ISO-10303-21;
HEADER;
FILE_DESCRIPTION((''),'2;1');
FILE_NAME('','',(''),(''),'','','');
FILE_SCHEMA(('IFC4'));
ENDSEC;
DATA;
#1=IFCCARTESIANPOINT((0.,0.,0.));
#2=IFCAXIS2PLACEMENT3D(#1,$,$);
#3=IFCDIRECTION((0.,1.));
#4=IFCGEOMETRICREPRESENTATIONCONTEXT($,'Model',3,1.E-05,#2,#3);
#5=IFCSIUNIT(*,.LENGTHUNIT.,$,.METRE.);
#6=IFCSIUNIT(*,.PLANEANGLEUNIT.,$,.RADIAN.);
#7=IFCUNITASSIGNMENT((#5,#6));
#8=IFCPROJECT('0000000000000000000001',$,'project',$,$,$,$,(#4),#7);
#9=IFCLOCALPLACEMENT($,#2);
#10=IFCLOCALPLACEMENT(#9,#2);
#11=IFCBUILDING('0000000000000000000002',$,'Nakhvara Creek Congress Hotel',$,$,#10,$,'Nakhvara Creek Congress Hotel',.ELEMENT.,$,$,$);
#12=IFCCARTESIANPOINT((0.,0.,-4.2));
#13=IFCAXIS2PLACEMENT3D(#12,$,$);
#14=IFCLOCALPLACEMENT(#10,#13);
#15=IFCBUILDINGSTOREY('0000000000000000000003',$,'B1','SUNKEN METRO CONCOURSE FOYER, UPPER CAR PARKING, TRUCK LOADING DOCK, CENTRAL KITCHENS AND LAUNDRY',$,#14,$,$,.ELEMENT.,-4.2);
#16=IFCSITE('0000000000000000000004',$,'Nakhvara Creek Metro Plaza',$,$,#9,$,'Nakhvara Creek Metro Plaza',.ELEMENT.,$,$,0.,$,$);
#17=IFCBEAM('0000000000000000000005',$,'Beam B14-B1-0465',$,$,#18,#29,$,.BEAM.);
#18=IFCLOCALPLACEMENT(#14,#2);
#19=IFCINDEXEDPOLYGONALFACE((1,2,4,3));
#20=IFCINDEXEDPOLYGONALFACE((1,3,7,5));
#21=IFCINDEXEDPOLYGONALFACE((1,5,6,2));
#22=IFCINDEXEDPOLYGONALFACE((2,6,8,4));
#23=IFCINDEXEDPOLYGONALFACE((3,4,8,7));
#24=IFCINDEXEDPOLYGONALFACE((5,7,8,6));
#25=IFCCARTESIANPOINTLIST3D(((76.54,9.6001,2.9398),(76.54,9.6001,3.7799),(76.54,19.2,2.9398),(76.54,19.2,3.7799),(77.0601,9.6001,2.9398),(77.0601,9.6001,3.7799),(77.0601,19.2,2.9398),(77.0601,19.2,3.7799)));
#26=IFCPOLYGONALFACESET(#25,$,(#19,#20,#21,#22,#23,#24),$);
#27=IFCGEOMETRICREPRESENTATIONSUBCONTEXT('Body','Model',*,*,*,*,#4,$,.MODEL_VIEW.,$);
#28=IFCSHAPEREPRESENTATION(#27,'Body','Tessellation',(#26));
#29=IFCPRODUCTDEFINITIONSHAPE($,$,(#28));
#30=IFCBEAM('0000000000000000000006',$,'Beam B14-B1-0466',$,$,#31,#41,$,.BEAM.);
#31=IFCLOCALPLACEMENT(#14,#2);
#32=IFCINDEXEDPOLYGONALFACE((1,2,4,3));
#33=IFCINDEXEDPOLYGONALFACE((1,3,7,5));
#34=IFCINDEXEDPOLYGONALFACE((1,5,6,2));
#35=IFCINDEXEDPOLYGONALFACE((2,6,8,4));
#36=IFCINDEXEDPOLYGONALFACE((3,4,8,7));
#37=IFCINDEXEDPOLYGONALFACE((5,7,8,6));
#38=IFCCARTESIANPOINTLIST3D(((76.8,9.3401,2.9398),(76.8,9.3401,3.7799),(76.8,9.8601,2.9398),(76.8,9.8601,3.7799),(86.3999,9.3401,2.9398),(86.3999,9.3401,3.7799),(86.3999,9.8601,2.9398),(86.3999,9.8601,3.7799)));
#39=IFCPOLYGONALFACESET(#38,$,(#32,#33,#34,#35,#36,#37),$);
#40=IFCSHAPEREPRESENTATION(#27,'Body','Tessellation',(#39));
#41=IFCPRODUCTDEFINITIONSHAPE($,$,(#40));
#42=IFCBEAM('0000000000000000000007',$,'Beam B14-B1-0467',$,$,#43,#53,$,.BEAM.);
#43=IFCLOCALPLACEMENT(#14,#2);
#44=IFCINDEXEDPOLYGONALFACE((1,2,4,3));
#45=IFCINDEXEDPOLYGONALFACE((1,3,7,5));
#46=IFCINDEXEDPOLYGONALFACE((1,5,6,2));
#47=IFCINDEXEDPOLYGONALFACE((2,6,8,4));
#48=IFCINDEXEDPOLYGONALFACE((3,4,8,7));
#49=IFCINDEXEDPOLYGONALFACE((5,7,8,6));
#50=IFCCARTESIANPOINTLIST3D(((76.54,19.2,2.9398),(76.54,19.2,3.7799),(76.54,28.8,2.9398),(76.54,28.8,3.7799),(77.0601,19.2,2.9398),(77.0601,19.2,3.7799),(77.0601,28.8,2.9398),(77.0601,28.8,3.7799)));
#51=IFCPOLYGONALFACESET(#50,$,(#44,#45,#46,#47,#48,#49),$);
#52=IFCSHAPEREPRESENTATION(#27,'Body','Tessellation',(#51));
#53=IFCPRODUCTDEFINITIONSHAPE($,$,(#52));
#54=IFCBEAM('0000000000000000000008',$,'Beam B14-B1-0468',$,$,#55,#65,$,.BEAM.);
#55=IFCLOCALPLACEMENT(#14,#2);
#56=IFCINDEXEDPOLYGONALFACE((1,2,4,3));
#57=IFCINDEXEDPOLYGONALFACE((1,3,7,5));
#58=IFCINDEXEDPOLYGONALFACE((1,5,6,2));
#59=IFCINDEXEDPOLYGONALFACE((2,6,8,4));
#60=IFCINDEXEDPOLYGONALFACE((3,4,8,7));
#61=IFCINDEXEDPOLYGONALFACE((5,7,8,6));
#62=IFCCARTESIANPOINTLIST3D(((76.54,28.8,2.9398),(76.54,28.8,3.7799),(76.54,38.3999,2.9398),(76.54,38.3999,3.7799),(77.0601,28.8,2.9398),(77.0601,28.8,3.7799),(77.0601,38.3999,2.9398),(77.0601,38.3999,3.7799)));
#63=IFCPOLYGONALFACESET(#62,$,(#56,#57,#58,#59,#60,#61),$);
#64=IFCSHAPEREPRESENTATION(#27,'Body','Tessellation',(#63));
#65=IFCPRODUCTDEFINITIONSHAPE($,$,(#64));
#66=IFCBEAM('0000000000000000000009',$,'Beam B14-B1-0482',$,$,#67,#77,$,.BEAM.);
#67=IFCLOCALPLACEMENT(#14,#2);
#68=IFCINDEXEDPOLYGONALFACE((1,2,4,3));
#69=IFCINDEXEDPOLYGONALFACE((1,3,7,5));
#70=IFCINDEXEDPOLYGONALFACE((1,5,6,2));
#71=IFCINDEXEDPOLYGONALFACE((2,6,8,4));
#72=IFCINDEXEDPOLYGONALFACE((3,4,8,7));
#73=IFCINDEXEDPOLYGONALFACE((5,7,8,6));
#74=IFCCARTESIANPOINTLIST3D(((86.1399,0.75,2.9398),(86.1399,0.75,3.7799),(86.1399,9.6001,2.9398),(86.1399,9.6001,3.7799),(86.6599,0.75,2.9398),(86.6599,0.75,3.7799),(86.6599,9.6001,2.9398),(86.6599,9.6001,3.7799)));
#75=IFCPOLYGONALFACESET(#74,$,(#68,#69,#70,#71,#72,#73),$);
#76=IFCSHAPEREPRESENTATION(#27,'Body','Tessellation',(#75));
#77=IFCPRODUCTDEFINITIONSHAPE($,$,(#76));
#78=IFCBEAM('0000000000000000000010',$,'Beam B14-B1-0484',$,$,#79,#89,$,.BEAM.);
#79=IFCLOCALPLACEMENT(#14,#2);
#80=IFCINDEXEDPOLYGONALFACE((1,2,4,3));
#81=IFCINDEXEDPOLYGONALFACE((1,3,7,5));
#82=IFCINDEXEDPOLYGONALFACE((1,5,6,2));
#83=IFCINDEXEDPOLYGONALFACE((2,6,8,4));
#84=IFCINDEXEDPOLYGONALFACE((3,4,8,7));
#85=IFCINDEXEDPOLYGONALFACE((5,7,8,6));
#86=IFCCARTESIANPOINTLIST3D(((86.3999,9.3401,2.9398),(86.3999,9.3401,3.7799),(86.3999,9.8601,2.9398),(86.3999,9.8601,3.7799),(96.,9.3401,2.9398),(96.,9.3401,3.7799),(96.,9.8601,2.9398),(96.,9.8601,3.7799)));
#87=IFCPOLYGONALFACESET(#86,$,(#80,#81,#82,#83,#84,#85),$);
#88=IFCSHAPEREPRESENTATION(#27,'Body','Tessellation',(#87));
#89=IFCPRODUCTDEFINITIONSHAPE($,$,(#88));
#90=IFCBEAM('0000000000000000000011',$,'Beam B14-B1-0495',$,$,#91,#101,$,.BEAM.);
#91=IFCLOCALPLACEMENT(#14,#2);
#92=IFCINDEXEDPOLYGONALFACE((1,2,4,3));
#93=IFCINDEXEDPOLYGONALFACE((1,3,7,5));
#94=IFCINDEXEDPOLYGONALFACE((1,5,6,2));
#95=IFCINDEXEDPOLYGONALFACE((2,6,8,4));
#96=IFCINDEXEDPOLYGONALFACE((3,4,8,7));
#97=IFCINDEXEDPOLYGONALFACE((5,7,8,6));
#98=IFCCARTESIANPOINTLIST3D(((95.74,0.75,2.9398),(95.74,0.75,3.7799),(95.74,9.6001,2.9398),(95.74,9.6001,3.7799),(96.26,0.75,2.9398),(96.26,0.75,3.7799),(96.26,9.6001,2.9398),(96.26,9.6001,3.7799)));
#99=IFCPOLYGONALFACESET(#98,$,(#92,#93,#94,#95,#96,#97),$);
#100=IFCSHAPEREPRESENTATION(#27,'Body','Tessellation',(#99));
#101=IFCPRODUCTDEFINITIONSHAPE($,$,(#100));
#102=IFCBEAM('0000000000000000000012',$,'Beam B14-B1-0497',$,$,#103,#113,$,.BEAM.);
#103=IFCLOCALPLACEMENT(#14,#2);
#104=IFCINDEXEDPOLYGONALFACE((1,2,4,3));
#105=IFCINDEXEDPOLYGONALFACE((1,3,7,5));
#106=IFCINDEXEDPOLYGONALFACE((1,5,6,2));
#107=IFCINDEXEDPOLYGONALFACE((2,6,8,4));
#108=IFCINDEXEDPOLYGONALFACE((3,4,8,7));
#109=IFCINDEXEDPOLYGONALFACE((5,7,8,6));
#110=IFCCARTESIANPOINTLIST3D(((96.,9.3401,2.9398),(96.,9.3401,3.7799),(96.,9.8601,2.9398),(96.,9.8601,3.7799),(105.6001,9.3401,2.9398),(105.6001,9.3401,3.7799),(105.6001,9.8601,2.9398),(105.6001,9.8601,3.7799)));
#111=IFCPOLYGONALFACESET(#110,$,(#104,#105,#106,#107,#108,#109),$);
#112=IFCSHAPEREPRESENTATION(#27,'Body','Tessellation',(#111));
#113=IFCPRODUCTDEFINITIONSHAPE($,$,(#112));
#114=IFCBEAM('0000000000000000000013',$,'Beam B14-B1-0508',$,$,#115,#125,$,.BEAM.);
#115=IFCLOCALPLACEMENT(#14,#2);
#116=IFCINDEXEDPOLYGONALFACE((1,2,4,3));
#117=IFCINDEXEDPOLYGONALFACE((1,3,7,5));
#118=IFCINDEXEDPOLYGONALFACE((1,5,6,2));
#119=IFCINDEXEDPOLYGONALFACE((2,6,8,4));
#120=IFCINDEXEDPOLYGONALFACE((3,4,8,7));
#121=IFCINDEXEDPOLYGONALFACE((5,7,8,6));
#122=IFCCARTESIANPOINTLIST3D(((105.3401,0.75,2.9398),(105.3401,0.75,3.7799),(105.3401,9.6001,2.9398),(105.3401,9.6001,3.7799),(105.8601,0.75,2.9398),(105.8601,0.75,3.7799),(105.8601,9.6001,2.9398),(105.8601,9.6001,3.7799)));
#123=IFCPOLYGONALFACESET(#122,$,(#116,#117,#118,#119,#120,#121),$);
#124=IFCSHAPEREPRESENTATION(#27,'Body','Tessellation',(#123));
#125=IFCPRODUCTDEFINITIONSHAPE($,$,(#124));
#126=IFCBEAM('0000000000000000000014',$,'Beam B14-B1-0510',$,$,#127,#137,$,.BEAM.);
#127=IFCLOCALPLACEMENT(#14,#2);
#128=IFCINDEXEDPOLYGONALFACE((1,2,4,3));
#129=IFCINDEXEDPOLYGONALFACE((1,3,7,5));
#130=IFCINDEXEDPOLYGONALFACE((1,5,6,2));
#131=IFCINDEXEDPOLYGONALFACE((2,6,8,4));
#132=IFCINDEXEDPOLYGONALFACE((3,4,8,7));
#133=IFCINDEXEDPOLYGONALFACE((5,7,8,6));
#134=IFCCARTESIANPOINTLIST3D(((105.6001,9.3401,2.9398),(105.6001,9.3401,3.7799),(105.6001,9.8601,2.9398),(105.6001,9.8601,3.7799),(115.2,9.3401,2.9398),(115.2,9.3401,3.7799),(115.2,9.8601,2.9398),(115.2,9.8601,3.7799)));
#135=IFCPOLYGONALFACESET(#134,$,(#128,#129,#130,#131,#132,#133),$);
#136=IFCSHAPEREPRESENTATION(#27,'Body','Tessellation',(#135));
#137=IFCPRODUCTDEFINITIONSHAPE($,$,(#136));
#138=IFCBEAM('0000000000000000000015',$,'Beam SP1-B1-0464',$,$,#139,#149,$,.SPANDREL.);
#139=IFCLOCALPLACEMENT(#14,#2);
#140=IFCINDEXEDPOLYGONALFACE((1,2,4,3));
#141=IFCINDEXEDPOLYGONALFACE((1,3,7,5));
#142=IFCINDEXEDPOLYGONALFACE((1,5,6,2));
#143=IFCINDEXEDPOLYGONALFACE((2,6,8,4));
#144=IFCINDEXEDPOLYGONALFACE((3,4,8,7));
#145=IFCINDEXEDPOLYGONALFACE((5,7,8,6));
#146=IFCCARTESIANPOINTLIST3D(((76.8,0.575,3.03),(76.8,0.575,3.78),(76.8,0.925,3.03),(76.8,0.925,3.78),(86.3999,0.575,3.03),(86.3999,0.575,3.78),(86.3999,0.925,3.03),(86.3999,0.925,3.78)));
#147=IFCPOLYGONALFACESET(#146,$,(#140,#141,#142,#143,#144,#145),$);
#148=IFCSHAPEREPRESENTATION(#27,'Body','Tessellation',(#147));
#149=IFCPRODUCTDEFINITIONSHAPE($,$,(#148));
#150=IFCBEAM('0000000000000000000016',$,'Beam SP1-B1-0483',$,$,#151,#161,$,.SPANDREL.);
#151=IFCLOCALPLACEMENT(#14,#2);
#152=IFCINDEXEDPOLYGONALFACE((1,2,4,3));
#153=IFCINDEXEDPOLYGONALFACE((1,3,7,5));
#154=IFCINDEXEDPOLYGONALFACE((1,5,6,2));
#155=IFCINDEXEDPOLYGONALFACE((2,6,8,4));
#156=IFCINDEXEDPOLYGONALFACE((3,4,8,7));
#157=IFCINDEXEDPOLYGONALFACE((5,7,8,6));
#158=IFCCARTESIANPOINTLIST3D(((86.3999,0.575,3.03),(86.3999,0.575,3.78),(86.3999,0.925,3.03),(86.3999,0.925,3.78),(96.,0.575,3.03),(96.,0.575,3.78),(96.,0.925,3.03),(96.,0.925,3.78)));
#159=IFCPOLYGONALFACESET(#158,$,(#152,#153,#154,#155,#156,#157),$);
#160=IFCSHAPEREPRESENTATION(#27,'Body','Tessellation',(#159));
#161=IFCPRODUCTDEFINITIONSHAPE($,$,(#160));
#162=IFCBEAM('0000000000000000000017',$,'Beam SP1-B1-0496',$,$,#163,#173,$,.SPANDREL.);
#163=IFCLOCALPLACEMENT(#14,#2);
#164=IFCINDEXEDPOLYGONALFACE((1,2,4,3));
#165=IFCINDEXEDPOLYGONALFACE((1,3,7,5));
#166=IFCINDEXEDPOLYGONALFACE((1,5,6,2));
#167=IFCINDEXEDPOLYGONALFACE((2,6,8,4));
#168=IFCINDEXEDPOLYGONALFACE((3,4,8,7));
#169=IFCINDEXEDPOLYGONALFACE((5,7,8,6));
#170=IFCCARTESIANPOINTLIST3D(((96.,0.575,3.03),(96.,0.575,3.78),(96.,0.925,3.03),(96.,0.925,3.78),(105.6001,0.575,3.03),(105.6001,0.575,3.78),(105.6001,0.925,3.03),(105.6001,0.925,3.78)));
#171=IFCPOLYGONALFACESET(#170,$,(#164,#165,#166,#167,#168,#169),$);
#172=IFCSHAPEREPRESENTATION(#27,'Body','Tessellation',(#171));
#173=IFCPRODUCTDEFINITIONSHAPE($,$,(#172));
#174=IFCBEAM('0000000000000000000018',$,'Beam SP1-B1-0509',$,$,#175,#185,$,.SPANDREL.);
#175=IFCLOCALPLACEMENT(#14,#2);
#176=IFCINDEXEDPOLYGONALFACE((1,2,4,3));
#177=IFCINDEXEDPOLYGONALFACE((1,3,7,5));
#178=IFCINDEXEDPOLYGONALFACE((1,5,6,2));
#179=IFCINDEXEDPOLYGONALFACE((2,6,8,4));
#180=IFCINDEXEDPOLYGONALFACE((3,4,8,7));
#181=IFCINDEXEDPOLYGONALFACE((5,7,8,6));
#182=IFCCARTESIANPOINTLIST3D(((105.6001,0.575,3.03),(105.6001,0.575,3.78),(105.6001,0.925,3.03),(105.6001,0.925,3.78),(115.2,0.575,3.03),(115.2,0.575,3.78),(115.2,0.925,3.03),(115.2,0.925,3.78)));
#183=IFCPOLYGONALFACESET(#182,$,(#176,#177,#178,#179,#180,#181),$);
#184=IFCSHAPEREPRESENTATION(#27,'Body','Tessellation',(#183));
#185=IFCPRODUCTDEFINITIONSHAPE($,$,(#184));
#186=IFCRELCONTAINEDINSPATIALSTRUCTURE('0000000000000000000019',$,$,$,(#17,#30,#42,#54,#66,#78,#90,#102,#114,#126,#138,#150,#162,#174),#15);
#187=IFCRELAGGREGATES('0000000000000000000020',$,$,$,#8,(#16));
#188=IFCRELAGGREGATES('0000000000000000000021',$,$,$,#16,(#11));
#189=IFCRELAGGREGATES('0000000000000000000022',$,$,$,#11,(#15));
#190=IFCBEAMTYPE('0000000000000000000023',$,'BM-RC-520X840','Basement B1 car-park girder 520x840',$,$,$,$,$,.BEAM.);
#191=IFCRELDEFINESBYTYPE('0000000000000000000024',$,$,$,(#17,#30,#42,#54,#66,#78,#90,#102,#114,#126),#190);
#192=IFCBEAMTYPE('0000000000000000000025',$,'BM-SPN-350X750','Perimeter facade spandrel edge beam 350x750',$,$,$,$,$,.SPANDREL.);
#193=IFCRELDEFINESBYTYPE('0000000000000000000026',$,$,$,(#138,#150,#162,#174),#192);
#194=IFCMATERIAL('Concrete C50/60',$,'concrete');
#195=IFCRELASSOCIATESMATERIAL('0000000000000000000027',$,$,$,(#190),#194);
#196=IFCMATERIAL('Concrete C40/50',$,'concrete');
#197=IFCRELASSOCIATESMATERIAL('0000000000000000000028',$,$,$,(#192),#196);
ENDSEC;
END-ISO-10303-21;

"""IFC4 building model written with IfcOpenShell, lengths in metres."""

from ifc_helpers import new_model, si_unit, direction, frame, origin, origin_2d, place, context, subcontext, project, spatial, rectangle, extrude, material, material_profile, profile_set, type_object, element, save


model = new_model("IFC4")

# Units and contexts
model_context = context("Model", 3, precision=1e-05, world=origin(), true_north=direction((0.0, 1.0)))
body_context = subcontext(model_context, "Body", "Model", "MODEL_VIEW")
ifc_project = project(units=[si_unit("LENGTHUNIT", "METRE"), si_unit("PLANEANGLEUNIT", "RADIAN")], contexts=[model_context])

# Site, building, storey
site_placement = place(None, origin())
site = spatial("IfcSite", under=ifc_project, at=site_placement, Name="Nakhvara Creek Metro Plaza", LongName="Nakhvara Creek Metro Plaza", CompositionType="ELEMENT", RefElevation=0.0)
building_placement = place(site_placement, origin())
building = spatial("IfcBuilding", under=site, at=building_placement, Name="Nakhvara Creek Congress Hotel", LongName="Nakhvara Creek Congress Hotel", CompositionType="ELEMENT")
storey_placement = place(building_placement, frame((0.0, 0.0, -4.2)))
storey = spatial("IfcBuildingStorey", under=building, at=storey_placement, Name="B1", Description="SUNKEN METRO CONCOURSE FOYER, UPPER CAR PARKING, TRUCK LOADING DOCK, CENTRAL KITCHENS AND LAUNDRY", CompositionType="ELEMENT", Elevation=-4.2)

# Shared definitions
ifc_material_1 = material(Name="Concrete C50/60", Category="concrete")

# Beams
ifc_material_2 = material(Name="Concrete C40/50", Category="concrete")
ifc_material_profile_1 = material_profile(ifc_material_1, rectangle(XDim=0.52, YDim=0.8401, at=origin_2d()), Name="RC-BM 520x840", Category="LoadBearing")
ifc_profile_set_1 = profile_set([ifc_material_profile_1], Name="Concrete C50/60")
beam_type_1 = type_object("IfcBeamType", Name="BM-RC-520X840", Description="Basement B1 car-park girder 520x840", PredefinedType="BEAM", material=ifc_profile_set_1)
for number, where, z_axis, x_axis, name in (
    (1, (76.8, 9.6001, 3.3599), (0.0, 1.0, 0.0), (-1.0, 0.0, 0.0), "Beam B14-B1-0465"),
    (2, (76.8, 9.6001, 3.3599), (1.0, 0.0, 0.0), (0.0, 1.0, 0.0), "Beam B14-B1-0466"),
):
    element("IfcBeam", number, at=place(storey_placement, frame(where, z_axis=z_axis, x_axis=x_axis)), inside=storey, type_object=beam_type_1, Name=name, PredefinedType="BEAM", context=body_context, shape_type="SweptSolid", body=[
        extrude(rectangle(XDim=0.52, YDim=0.8401, at=origin_2d()), origin(), (0.0, 0.0, 1.0), 9.5999),
    ])
beam_1_placement = place(storey_placement, frame((76.8, 19.2, 3.3599), z_axis=(0.0, 1.0, 0.0), x_axis=(-1.0, 0.0, 0.0)))
element("IfcBeam", 3, at=beam_1_placement, inside=storey, type_object=beam_type_1, Name="Beam B14-B1-0467", PredefinedType="BEAM", context=body_context, shape_type="SweptSolid", body=[
    extrude(rectangle(XDim=0.52, YDim=0.8401, at=origin_2d()), origin(), (0.0, 0.0, 1.0), 9.6001),
])
beam_2_placement = place(storey_placement, frame((76.8, 28.8, 3.3599), z_axis=(0.0, 1.0, 0.0), x_axis=(-1.0, 0.0, 0.0)))
element("IfcBeam", 4, at=beam_2_placement, inside=storey, type_object=beam_type_1, Name="Beam B14-B1-0468", PredefinedType="BEAM", context=body_context, shape_type="SweptSolid", body=[
    extrude(rectangle(XDim=0.52, YDim=0.8401, at=origin_2d()), origin(), (0.0, 0.0, 1.0), 9.5999),
])
beam_3_placement = place(storey_placement, frame((86.3999, 0.75, 3.3599), z_axis=(0.0, 1.0, 0.0), x_axis=(-1.0, 0.0, 0.0)))
element("IfcBeam", 5, at=beam_3_placement, inside=storey, type_object=beam_type_1, Name="Beam B14-B1-0482", PredefinedType="BEAM", context=body_context, shape_type="SweptSolid", body=[
    extrude(rectangle(XDim=0.52, YDim=0.8401, at=origin_2d()), origin(), (0.0, 0.0, 1.0), 8.8501),
])
beam_4_placement = place(storey_placement, frame((86.3999, 9.6001, 3.3599), z_axis=(1.0, 0.0, 0.0), x_axis=(0.0, 1.0, 0.0)))
element("IfcBeam", 6, at=beam_4_placement, inside=storey, type_object=beam_type_1, Name="Beam B14-B1-0484", PredefinedType="BEAM", context=body_context, shape_type="SweptSolid", body=[
    extrude(rectangle(XDim=0.52, YDim=0.8401, at=origin_2d()), origin(), (0.0, 0.0, 1.0), 9.6001),
])
beam_5_placement = place(storey_placement, frame((96.0, 0.75, 3.3599), z_axis=(0.0, 1.0, 0.0), x_axis=(-1.0, 0.0, 0.0)))
element("IfcBeam", 7, at=beam_5_placement, inside=storey, type_object=beam_type_1, Name="Beam B14-B1-0495", PredefinedType="BEAM", context=body_context, shape_type="SweptSolid", body=[
    extrude(rectangle(XDim=0.52, YDim=0.8401, at=origin_2d()), origin(), (0.0, 0.0, 1.0), 8.8501),
])
beam_6_placement = place(storey_placement, frame((96.0, 9.6001, 3.3599), z_axis=(1.0, 0.0, 0.0), x_axis=(0.0, 1.0, 0.0)))
element("IfcBeam", 8, at=beam_6_placement, inside=storey, type_object=beam_type_1, Name="Beam B14-B1-0497", PredefinedType="BEAM", context=body_context, shape_type="SweptSolid", body=[
    extrude(rectangle(XDim=0.52, YDim=0.8401, at=origin_2d()), origin(), (0.0, 0.0, 1.0), 9.6001),
])
beam_7_placement = place(storey_placement, frame((105.6001, 0.75, 3.3599), z_axis=(0.0, 1.0, 0.0), x_axis=(-1.0, 0.0, 0.0)))
element("IfcBeam", 9, at=beam_7_placement, inside=storey, type_object=beam_type_1, Name="Beam B14-B1-0508", PredefinedType="BEAM", context=body_context, shape_type="SweptSolid", body=[
    extrude(rectangle(XDim=0.52, YDim=0.8401, at=origin_2d()), origin(), (0.0, 0.0, 1.0), 8.8501),
])
beam_8_placement = place(storey_placement, frame((105.6001, 9.6001, 3.3599), z_axis=(1.0, 0.0, 0.0), x_axis=(0.0, 1.0, 0.0)))
element("IfcBeam", 10, at=beam_8_placement, inside=storey, type_object=beam_type_1, Name="Beam B14-B1-0510", PredefinedType="BEAM", context=body_context, shape_type="SweptSolid", body=[
    extrude(rectangle(XDim=0.52, YDim=0.8401, at=origin_2d()), origin(), (0.0, 0.0, 1.0), 9.5999),
])
ifc_material_profile_2 = material_profile(ifc_material_2, rectangle(XDim=0.3501, YDim=0.75, at=origin_2d()), Name="RC-SPANDREL 350x750", Category="LoadBearing")
ifc_profile_set_2 = profile_set([ifc_material_profile_2], Name="Concrete C40/50")
beam_type_2 = type_object("IfcBeamType", Name="BM-SPN-350X750", Description="Perimeter facade spandrel edge beam 350x750", PredefinedType="SPANDREL", material=ifc_profile_set_2)
beam_9_placement = place(storey_placement, frame((76.8, 0.75, 3.405), z_axis=(1.0, 0.0, 0.0), x_axis=(0.0, 1.0, 0.0)))
element("IfcBeam", 11, at=beam_9_placement, inside=storey, type_object=beam_type_2, Name="Beam SP1-B1-0464", PredefinedType="SPANDREL", context=body_context, shape_type="SweptSolid", body=[
    extrude(rectangle(XDim=0.3501, YDim=0.75, at=origin_2d()), origin(), (0.0, 0.0, 1.0), 9.5999),
])
for number, where, z_axis, x_axis, name in (
    (12, (86.3999, 0.75, 3.405), (1.0, 0.0, 0.0), (0.0, 1.0, 0.0), "Beam SP1-B1-0483"),
    (13, (96.0, 0.75, 3.405), (1.0, 0.0, 0.0), (0.0, 1.0, 0.0), "Beam SP1-B1-0496"),
):
    element("IfcBeam", number, at=place(storey_placement, frame(where, z_axis=z_axis, x_axis=x_axis)), inside=storey, type_object=beam_type_2, Name=name, PredefinedType="SPANDREL", context=body_context, shape_type="SweptSolid", body=[
        extrude(rectangle(XDim=0.3501, YDim=0.75, at=origin_2d()), origin(), (0.0, 0.0, 1.0), 9.6001),
    ])
beam_10_placement = place(storey_placement, frame((105.6001, 0.75, 3.405), z_axis=(1.0, 0.0, 0.0), x_axis=(0.0, 1.0, 0.0)))
element("IfcBeam", 14, at=beam_10_placement, inside=storey, type_object=beam_type_2, Name="Beam SP1-B1-0509", PredefinedType="SPANDREL", context=body_context, shape_type="SweptSolid", body=[
    extrude(rectangle(XDim=0.3501, YDim=0.75, at=origin_2d()), origin(), (0.0, 0.0, 1.0), 9.5999),
])

save(model, "model.ifc")
